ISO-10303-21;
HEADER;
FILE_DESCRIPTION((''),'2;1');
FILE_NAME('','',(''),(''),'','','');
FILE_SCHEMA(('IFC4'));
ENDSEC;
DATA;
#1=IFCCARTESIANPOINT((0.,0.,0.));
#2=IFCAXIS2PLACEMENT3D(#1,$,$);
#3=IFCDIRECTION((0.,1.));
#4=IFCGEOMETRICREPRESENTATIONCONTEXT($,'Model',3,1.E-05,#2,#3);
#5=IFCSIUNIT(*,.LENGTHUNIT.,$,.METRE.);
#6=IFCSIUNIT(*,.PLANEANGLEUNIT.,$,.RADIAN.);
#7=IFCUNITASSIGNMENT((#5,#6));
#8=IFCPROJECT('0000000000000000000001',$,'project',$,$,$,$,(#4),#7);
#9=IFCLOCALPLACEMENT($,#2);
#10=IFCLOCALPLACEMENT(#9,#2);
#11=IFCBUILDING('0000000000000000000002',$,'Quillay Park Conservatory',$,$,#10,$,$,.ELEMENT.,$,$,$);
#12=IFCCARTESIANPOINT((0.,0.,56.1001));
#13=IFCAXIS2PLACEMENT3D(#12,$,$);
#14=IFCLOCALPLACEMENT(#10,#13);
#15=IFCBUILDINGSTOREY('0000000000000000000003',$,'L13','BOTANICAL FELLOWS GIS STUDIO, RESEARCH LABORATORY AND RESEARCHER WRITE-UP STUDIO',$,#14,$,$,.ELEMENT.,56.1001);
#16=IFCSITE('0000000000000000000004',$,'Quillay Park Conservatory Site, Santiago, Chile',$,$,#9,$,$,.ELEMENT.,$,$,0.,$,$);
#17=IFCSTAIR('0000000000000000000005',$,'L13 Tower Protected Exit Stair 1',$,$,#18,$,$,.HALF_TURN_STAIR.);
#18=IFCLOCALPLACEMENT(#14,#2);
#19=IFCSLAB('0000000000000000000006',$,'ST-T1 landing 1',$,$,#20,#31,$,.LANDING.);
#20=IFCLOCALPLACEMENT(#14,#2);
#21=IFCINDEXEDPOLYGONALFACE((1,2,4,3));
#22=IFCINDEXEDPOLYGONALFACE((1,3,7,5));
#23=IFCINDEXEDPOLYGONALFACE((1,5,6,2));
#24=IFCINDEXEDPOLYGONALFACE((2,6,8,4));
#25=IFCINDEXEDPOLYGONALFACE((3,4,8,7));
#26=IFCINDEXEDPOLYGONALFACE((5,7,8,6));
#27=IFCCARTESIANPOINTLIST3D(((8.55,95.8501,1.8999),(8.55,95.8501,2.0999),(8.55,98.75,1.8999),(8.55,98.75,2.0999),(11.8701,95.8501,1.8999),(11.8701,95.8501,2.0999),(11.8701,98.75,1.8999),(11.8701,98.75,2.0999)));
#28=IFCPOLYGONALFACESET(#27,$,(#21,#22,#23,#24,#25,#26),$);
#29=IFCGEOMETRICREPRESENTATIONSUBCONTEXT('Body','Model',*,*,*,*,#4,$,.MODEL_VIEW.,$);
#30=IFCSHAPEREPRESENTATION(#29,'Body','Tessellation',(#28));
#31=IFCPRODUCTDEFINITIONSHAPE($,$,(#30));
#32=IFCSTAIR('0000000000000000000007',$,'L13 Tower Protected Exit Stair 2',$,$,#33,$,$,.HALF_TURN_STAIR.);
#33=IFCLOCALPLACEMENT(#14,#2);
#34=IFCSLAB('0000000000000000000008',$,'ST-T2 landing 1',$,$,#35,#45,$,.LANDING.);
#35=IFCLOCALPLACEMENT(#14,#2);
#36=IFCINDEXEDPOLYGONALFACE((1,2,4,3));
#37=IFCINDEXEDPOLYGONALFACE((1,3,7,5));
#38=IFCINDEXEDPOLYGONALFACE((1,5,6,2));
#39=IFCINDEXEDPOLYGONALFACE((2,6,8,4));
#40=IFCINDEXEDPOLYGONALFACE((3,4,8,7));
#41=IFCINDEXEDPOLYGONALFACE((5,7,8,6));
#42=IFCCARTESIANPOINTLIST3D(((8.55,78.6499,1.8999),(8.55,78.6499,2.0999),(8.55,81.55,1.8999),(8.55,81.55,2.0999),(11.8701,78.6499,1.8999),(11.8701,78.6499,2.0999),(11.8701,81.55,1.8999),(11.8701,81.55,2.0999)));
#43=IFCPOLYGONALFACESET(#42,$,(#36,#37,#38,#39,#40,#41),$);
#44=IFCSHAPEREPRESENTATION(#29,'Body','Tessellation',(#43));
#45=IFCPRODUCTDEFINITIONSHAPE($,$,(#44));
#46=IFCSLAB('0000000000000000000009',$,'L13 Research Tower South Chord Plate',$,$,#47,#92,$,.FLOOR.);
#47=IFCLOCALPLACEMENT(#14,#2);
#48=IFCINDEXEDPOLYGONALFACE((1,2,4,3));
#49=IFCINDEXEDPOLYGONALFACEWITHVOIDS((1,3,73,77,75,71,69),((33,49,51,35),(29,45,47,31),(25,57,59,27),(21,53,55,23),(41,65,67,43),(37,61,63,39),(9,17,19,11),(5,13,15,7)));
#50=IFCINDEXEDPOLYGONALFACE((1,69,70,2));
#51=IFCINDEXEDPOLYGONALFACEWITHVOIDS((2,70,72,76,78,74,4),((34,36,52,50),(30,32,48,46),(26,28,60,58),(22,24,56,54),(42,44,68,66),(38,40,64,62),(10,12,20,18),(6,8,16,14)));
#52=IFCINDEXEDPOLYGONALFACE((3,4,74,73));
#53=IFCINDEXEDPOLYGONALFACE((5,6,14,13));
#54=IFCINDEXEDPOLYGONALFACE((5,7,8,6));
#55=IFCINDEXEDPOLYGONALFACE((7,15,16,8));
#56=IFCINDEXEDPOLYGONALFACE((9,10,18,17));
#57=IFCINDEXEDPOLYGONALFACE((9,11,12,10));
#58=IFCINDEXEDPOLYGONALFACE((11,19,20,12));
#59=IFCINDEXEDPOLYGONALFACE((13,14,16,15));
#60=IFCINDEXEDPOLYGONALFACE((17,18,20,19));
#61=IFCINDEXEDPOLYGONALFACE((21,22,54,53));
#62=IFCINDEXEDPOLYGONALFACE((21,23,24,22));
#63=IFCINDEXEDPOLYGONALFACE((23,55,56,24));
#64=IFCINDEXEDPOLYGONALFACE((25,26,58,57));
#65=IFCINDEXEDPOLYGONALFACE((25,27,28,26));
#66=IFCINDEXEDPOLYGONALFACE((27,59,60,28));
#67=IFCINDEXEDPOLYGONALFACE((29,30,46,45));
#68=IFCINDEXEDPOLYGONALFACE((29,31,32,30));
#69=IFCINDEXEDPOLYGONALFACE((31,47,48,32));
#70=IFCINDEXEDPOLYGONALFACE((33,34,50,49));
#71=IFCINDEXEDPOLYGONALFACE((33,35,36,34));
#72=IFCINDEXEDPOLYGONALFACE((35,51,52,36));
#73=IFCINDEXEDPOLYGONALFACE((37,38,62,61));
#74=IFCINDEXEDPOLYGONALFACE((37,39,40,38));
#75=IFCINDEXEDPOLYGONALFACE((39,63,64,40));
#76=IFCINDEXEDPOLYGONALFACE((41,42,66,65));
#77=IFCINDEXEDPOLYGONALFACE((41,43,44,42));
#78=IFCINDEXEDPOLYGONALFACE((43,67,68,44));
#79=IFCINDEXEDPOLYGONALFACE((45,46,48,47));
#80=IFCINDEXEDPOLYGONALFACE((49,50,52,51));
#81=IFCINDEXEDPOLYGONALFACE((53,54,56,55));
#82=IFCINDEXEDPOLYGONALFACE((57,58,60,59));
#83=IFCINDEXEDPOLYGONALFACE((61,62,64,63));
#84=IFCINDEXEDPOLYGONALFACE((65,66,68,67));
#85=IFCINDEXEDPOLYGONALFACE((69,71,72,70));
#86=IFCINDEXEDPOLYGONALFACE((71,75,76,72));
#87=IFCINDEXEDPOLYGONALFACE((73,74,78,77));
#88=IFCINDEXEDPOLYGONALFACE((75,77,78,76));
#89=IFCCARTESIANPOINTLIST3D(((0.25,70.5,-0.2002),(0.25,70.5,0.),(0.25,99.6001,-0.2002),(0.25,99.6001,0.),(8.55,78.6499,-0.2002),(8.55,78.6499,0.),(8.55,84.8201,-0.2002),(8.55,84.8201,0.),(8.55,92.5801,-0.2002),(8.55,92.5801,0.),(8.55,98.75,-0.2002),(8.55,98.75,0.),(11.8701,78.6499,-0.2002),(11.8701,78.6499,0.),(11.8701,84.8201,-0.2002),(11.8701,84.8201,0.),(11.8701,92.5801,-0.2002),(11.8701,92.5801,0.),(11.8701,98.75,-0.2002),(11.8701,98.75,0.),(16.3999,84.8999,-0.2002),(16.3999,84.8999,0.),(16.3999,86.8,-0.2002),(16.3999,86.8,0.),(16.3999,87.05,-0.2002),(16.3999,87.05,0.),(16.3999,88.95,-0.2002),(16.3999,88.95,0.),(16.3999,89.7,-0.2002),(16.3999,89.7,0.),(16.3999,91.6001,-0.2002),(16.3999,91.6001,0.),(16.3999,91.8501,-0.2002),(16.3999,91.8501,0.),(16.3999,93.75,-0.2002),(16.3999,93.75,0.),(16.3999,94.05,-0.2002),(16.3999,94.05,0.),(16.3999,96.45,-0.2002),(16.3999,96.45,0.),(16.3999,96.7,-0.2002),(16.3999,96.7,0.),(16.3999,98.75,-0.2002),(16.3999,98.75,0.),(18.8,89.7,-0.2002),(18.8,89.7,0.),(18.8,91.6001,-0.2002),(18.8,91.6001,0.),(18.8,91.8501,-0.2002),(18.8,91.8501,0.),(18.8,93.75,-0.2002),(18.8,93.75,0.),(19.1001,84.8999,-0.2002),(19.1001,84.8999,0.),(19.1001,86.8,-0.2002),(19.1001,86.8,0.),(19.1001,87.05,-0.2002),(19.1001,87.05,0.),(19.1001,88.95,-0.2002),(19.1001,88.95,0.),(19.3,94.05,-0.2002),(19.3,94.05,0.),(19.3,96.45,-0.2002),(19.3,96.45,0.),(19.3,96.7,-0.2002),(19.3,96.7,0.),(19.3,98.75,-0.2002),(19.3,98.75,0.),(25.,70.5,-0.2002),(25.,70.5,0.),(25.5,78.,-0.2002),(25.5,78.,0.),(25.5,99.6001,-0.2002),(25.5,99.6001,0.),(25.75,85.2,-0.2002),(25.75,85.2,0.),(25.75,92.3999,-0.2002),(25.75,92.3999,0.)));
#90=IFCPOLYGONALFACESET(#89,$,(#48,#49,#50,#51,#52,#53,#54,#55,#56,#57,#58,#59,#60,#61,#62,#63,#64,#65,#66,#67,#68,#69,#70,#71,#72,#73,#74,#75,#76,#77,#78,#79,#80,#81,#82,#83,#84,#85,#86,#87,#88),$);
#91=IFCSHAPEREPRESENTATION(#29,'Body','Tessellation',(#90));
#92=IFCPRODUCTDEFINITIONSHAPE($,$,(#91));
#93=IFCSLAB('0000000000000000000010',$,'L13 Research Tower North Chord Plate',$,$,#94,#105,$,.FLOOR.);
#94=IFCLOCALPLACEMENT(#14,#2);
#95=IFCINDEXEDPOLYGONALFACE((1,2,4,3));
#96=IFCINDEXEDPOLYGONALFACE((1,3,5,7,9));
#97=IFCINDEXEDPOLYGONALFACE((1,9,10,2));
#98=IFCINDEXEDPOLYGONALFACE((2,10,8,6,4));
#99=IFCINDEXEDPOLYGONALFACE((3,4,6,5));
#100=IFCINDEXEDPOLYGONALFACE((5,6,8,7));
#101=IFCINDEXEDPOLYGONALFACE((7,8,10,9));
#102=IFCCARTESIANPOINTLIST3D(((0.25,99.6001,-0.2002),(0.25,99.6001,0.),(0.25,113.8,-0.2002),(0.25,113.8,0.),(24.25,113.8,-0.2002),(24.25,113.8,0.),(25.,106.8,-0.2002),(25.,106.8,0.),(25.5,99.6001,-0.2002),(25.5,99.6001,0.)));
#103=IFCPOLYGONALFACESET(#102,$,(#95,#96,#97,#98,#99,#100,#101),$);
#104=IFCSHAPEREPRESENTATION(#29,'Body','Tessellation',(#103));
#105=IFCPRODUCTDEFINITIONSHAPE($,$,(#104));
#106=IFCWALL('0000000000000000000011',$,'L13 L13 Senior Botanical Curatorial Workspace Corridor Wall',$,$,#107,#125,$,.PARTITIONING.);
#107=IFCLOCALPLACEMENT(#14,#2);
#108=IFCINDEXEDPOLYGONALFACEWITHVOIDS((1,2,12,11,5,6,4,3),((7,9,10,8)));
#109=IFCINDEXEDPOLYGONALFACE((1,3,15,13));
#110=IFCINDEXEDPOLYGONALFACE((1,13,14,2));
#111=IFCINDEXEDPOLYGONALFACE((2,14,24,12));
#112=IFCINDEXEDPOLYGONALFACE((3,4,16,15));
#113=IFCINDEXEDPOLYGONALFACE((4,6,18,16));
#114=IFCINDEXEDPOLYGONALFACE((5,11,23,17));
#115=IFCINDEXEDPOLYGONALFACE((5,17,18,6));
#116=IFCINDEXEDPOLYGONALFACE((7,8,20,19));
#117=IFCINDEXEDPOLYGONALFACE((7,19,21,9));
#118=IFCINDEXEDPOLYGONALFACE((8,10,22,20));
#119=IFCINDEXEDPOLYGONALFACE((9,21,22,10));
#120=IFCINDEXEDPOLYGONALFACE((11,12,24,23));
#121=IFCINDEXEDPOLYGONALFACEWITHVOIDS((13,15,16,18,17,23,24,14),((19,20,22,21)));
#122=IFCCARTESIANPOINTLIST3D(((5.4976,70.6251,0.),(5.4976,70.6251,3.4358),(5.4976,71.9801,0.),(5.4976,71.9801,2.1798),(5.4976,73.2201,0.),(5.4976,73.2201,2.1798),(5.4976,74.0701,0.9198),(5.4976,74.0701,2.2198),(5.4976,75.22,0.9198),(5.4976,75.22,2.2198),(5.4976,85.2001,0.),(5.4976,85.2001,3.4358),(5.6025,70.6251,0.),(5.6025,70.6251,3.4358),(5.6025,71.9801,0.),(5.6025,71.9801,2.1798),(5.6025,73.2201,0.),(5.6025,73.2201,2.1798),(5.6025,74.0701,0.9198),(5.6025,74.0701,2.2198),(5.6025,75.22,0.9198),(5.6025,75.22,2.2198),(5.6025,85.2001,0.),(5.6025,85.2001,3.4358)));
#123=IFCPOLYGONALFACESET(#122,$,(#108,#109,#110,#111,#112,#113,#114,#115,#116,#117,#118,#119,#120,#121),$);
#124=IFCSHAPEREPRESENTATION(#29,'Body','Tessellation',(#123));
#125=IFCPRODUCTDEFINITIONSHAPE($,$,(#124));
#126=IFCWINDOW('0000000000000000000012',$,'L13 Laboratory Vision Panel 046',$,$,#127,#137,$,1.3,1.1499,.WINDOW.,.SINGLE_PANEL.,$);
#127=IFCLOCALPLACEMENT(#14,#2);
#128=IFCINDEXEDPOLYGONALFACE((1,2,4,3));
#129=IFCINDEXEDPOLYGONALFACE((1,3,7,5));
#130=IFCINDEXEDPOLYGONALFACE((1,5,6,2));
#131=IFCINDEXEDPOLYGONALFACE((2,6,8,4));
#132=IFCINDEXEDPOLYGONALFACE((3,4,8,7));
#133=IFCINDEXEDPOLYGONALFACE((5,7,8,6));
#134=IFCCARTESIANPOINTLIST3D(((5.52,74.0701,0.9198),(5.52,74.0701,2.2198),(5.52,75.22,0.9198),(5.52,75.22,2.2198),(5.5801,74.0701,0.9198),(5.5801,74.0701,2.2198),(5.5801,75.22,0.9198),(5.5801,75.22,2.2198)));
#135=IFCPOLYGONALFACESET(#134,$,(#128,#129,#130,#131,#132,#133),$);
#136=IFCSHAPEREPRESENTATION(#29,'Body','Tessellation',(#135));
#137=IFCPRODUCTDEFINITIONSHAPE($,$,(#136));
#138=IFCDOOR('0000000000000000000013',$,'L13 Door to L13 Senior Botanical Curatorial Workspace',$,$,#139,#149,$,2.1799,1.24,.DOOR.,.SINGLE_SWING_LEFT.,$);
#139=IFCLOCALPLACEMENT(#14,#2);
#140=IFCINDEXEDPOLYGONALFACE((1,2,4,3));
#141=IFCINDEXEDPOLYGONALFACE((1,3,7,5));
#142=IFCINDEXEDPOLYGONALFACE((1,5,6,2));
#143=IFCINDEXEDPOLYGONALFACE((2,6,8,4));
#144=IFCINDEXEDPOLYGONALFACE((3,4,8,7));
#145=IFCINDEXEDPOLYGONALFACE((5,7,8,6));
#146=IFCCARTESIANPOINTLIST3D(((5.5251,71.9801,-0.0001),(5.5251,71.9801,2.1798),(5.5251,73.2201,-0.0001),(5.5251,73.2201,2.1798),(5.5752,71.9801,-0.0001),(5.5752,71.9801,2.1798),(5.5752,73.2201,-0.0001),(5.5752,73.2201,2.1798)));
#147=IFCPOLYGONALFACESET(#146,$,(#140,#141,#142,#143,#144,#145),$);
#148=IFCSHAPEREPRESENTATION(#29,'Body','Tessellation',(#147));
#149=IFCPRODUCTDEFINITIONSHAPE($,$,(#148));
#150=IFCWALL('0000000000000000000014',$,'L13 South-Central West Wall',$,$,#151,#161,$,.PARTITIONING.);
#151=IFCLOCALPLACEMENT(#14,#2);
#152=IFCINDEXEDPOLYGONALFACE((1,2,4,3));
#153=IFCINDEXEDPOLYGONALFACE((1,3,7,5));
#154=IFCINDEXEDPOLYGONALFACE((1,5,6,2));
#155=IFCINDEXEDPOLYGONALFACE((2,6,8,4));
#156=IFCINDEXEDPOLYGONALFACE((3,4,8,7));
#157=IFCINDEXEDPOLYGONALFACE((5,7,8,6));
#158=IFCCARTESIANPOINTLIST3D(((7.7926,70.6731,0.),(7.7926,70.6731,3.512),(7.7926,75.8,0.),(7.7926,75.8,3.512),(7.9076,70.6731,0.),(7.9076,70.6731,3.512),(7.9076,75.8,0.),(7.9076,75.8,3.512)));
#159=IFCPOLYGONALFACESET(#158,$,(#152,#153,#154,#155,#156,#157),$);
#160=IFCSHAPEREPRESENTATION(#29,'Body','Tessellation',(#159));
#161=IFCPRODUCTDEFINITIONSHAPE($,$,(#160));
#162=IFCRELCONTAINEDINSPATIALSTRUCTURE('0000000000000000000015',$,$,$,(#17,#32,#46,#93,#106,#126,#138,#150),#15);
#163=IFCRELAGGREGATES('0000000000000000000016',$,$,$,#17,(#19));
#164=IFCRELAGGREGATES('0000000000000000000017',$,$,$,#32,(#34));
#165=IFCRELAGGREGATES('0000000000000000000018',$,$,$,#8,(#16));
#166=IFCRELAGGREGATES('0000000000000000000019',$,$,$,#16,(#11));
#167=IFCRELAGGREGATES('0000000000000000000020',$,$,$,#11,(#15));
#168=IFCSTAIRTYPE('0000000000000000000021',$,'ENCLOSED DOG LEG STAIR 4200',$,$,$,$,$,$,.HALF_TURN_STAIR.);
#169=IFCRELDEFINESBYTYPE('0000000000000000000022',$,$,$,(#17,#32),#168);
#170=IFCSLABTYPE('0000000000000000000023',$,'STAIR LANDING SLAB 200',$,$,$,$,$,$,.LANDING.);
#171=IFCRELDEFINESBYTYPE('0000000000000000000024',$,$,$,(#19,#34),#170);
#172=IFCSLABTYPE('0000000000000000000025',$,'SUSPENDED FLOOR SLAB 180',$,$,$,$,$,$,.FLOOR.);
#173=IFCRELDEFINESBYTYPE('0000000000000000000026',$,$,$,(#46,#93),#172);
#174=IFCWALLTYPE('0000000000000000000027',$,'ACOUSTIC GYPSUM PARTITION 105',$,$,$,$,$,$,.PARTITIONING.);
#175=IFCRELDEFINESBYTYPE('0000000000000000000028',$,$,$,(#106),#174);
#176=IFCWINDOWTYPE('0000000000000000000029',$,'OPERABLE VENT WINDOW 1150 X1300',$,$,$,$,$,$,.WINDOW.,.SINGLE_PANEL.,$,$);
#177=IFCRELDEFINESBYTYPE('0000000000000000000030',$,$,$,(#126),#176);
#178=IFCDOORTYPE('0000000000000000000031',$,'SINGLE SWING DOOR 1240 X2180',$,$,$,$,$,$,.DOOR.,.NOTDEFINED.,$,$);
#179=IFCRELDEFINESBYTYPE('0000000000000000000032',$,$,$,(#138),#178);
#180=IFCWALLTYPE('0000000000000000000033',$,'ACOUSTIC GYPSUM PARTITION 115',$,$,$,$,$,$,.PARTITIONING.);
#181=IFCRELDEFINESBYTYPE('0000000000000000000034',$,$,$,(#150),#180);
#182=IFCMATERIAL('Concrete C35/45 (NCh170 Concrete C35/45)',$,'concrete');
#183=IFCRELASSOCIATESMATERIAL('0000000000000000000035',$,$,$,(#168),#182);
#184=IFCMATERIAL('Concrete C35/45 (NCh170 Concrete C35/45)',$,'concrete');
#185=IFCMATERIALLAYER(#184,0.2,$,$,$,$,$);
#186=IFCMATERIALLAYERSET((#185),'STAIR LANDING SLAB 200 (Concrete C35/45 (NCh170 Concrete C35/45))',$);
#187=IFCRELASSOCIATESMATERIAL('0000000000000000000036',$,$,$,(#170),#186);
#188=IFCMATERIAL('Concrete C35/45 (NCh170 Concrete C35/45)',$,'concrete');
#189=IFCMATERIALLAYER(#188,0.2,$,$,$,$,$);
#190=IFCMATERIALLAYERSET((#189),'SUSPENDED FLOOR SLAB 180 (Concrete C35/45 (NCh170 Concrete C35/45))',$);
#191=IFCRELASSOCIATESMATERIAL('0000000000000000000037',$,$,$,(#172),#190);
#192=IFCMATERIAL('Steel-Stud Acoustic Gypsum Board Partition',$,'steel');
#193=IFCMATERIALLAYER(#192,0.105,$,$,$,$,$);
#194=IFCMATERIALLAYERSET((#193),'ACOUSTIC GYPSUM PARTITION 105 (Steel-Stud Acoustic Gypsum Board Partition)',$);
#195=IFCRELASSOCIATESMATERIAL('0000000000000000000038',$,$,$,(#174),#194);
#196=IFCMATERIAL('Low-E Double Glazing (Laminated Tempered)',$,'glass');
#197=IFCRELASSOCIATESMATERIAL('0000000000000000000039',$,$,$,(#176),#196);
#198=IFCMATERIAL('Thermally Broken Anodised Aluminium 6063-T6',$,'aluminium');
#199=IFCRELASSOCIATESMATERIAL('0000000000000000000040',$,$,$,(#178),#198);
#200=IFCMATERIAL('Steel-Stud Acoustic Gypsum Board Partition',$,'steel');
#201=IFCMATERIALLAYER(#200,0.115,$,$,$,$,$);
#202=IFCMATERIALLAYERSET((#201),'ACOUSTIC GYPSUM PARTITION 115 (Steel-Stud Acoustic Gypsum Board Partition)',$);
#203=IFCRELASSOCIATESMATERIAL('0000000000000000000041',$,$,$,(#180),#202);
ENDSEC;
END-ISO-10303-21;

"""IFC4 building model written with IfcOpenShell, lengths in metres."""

from ifc_helpers import new_model, si_unit, direction, frame, frame_2d, origin, place, context, subcontext, project, spatial, polyline, rectangle, outline, extrude, material, layer, layer_set, type_object, element, fill, aggregate, save


model = new_model("IFC4")

# Units and contexts
model_context = context("Model", 3, precision=1e-05, world=origin(), true_north=direction((0.0, 1.0)))
body_context = subcontext(model_context, "Body", "Model", "MODEL_VIEW")
ifc_project = project(units=[si_unit("LENGTHUNIT", "METRE"), si_unit("PLANEANGLEUNIT", "RADIAN")], contexts=[model_context])

# Site, building, storey
site_placement = place(None, origin())
site = spatial("IfcSite", under=ifc_project, at=site_placement, Name="Quillay Park Conservatory Site, Santiago, Chile", CompositionType="ELEMENT", RefElevation=0.0)
building_placement = place(site_placement, origin())
building = spatial("IfcBuilding", under=site, at=building_placement, Name="Quillay Park Conservatory", CompositionType="ELEMENT")
storey_placement = place(building_placement, frame((0.0, 0.0, 56.1001)))
storey = spatial("IfcBuildingStorey", under=building, at=storey_placement, Name="L13", Description="BOTANICAL FELLOWS GIS STUDIO, RESEARCH LABORATORY AND RESEARCHER WRITE-UP STUDIO", CompositionType="ELEMENT", Elevation=56.1001)

# Stairs, slabs
ifc_material_1 = material(Name="Concrete C35/45 (NCh170 Concrete C35/45)", Category="concrete")
stair_type = type_object("IfcStairType", Name="ENCLOSED DOG LEG STAIR 4200", PredefinedType="HALF_TURN_STAIR", material=ifc_material_1)
stair_1_placement = place(storey_placement, origin())
stair_1 = element("IfcStair", 1, at=stair_1_placement, inside=storey, type_object=stair_type, Name="L13 Tower Protected Exit Stair 1", PredefinedType="HALF_TURN_STAIR")
ifc_material_2 = material(Name="Concrete C35/45 (NCh170 Concrete C35/45)", Category="concrete")
ifc_layer_1 = layer(ifc_material_2, 0.2)
ifc_layer_set_1 = layer_set([ifc_layer_1], Name="STAIR LANDING SLAB 200 (Concrete C35/45 (NCh170 Concrete C35/45))")
slab_type_1 = type_object("IfcSlabType", Name="STAIR LANDING SLAB 200", PredefinedType="LANDING", material=ifc_layer_set_1)
slab_1_placement = place(storey_placement, frame((0.0, 0.0, 1.8999)))
slab_1 = element("IfcSlab", 2, at=slab_1_placement, type_object=slab_type_1, Name="ST-T1 landing 1", PredefinedType="LANDING", context=body_context, shape_type="SweptSolid", body=[
    extrude(outline(polyline([(11.8701, 95.8501), (11.8701, 98.75), (8.55, 98.75), (8.55, 95.8501), (11.8701, 95.8501)])), origin(), (0.0, 0.0, 1.0), 0.2),
])
aggregate(stair_1, [slab_1])
stair_2_placement = place(storey_placement, origin())
stair_2 = element("IfcStair", 3, at=stair_2_placement, inside=storey, type_object=stair_type, Name="L13 Tower Protected Exit Stair 2", PredefinedType="HALF_TURN_STAIR")
slab_2_placement = place(storey_placement, frame((0.0, 0.0, 1.8999)))
slab_2 = element("IfcSlab", 4, at=slab_2_placement, type_object=slab_type_1, Name="ST-T2 landing 1", PredefinedType="LANDING", context=body_context, shape_type="SweptSolid", body=[
    extrude(outline(polyline([(8.55, 81.55), (8.55, 78.6499), (11.8701, 78.6499), (11.8701, 81.55), (8.55, 81.55)])), origin(), (0.0, 0.0, 1.0), 0.2),
])
aggregate(stair_2, [slab_2])

# Slabs
ifc_material_3 = material(Name="Concrete C35/45 (NCh170 Concrete C35/45)", Category="concrete")
ifc_layer_2 = layer(ifc_material_3, 0.2)
ifc_layer_set_2 = layer_set([ifc_layer_2], Name="SUSPENDED FLOOR SLAB 180 (Concrete C35/45 (NCh170 Concrete C35/45))")
slab_type_2 = type_object("IfcSlabType", Name="SUSPENDED FLOOR SLAB 180", PredefinedType="FLOOR", material=ifc_layer_set_2)
slab_3_placement = place(storey_placement, frame((0.0, 0.0, -0.2002)))
element("IfcSlab", 5, at=slab_3_placement, inside=storey, type_object=slab_type_2, Name="L13 Research Tower South Chord Plate", PredefinedType="FLOOR", context=body_context, shape_type="SweptSolid", body=[
    extrude(outline(polyline([(0.25, 70.5), (25.0, 70.5), (25.5, 78.0), (25.75, 85.2), (25.75, 92.3999), (25.5, 99.6001), (0.25, 99.6001), (0.25, 70.5)]), holes=[polyline([(8.55, 92.5801), (11.8701, 92.5801), (11.8701, 98.75), (8.55, 98.75), (8.55, 92.5801)]), polyline([(8.55, 78.6499), (11.8701, 78.6499), (11.8701, 84.8201), (8.55, 84.8201), (8.55, 78.6499)]), polyline([(16.3999, 84.8999), (19.1001, 84.8999), (19.1001, 86.8), (16.3999, 86.8), (16.3999, 84.8999)]), polyline([(16.3999, 87.05), (19.1001, 87.05), (19.1001, 88.95), (16.3999, 88.95), (16.3999, 87.05)]), polyline([(16.3999, 89.7), (18.8, 89.7), (18.8, 91.6001), (16.3999, 91.6001), (16.3999, 89.7)]), polyline([(16.3999, 91.8501), (18.8, 91.8501), (18.8, 93.75), (16.3999, 93.75), (16.3999, 91.8501)]), polyline([(16.3999, 94.05), (19.3, 94.05), (19.3, 96.45), (16.3999, 96.45), (16.3999, 94.05)]), polyline([(16.3999, 96.7), (19.3, 96.7), (19.3, 98.75), (16.3999, 98.75), (16.3999, 96.7)])]), origin(), (0.0, 0.0, 1.0), 0.2002),
])
slab_4_placement = place(storey_placement, frame((0.0, 0.0, -0.2002)))
element("IfcSlab", 6, at=slab_4_placement, inside=storey, type_object=slab_type_2, Name="L13 Research Tower North Chord Plate", PredefinedType="FLOOR", context=body_context, shape_type="SweptSolid", body=[
    extrude(outline(polyline([(0.25, 99.6001), (25.5, 99.6001), (25.0, 106.8), (24.25, 113.8), (0.25, 113.8), (0.25, 99.6001)])), origin(), (0.0, 0.0, 1.0), 0.2002),
])

# Wall, openings, window, door
ifc_material_4 = material(Name="Steel-Stud Acoustic Gypsum Board Partition", Category="steel")
ifc_layer_3 = layer(ifc_material_4, 0.105)
ifc_layer_set_3 = layer_set([ifc_layer_3], Name="ACOUSTIC GYPSUM PARTITION 105 (Steel-Stud Acoustic Gypsum Board Partition)")
wall_type_1 = type_object("IfcWallType", Name="ACOUSTIC GYPSUM PARTITION 105", PredefinedType="PARTITIONING", material=ifc_layer_set_3)
wall_1_placement = place(storey_placement, frame((5.55, 70.625, 0.0), z_axis=(0.0, 0.0, 1.0), x_axis=(0.0, 1.0, 0.0)))
wall_1 = element("IfcWall", 7, at=wall_1_placement, inside=storey, type_object=wall_type_1, Name="L13 L13 Senior Botanical Curatorial Workspace Corridor Wall", PredefinedType="PARTITIONING", context=body_context, shape_type="SweptSolid", body=[
    extrude(rectangle(XDim=14.575, YDim=0.105, at=frame_2d((7.2876, 0.0))), origin(), (0.0, 0.0, 1.0), 3.4358),
])
opening_1_placement = place(wall_1_placement, frame((1.355, 0.0, 0.0)))
opening_1 = element("IfcOpeningElement", 8, at=opening_1_placement, cuts=wall_1, PredefinedType="OPENING", context=body_context, shape_type="SweptSolid", body=[
    extrude(rectangle(XDim=1.24, YDim=2.1799, at=frame_2d((0.6201, 1.0898))), frame((0.0, 0.0525, 0.0), z_axis=(0.0, -1.0, 0.0), x_axis=(1.0, 0.0, 0.0)), (0.0, 0.0, 1.0), 0.105),
])
opening_2_placement = place(wall_1_placement, frame((3.4451, 0.0, 0.9199)))
opening_2 = element("IfcOpeningElement", 9, at=opening_2_placement, cuts=wall_1, PredefinedType="OPENING", context=body_context, shape_type="SweptSolid", body=[
    extrude(rectangle(XDim=1.1499, YDim=1.3, at=frame_2d((0.575, 0.6499))), frame((0.0, 0.0525, 0.0), z_axis=(0.0, -1.0, 0.0), x_axis=(1.0, 0.0, 0.0)), (0.0, 0.0, 1.0), 0.105),
])
ifc_material_5 = material(Name="Low-E Double Glazing (Laminated Tempered)", Category="glass")
window_type_1 = type_object("IfcWindowType", Name="OPERABLE VENT WINDOW 1150 X1300", PartitioningType="SINGLE_PANEL", PredefinedType="WINDOW", material=ifc_material_5)
window_1_placement = place(opening_2_placement, origin())
window_1 = element("IfcWindow", 10, at=window_1_placement, inside=storey, type_object=window_type_1, Name="L13 Laboratory Vision Panel 046", OverallHeight=1.3, OverallWidth=1.1499, PartitioningType="SINGLE_PANEL", PredefinedType="WINDOW", context=body_context, shape_type="SweptSolid", body=[
    extrude(rectangle(XDim=1.1499, YDim=1.3, at=frame_2d((0.575, 0.6499))), frame((0.0, 0.03, 0.0), z_axis=(0.0, -1.0, 0.0), x_axis=(1.0, 0.0, 0.0)), (0.0, 0.0, 1.0), 0.0601),
])
fill(opening_2, window_1)
ifc_material_6 = material(Name="Thermally Broken Anodised Aluminium 6063-T6", Category="aluminium")
door_type = type_object("IfcDoorType", Name="SINGLE SWING DOOR 1240 X2180", OperationType="NOTDEFINED", PredefinedType="DOOR", material=ifc_material_6)
door_placement = place(opening_1_placement, origin())
door = element("IfcDoor", 11, at=door_placement, inside=storey, type_object=door_type, Name="L13 Door to L13 Senior Botanical Curatorial Workspace", OperationType="SINGLE_SWING_LEFT", OverallHeight=2.1799, OverallWidth=1.24, PredefinedType="DOOR", context=body_context, shape_type="SweptSolid", body=[
    extrude(rectangle(XDim=1.24, YDim=2.1799, at=frame_2d((0.6201, 1.0898))), frame((0.0, 0.0249, 0.0), z_axis=(0.0, -1.0, 0.0), x_axis=(1.0, 0.0, 0.0)), (0.0, 0.0, 1.0), 0.05),
])
fill(opening_1, door)

# Wall
ifc_material_7 = material(Name="Steel-Stud Acoustic Gypsum Board Partition", Category="steel")
ifc_layer_4 = layer(ifc_material_7, 0.115)
ifc_layer_set_4 = layer_set([ifc_layer_4], Name="ACOUSTIC GYPSUM PARTITION 115 (Steel-Stud Acoustic Gypsum Board Partition)")
wall_type_2 = type_object("IfcWallType", Name="ACOUSTIC GYPSUM PARTITION 115", PredefinedType="PARTITIONING", material=ifc_layer_set_4)
wall_2_placement = place(storey_placement, frame((7.8501, 70.6731, 0.0), z_axis=(0.0, 0.0, 1.0), x_axis=(0.0, 1.0, 0.0)))
element("IfcWall", 12, at=wall_2_placement, inside=storey, type_object=wall_type_2, Name="L13 South-Central West Wall", PredefinedType="PARTITIONING", context=body_context, shape_type="SweptSolid", body=[
    extrude(rectangle(XDim=5.127, YDim=0.115, at=frame_2d((2.5635, 0.0))), origin(), (0.0, 0.0, 1.0), 3.512),
])

save(model, "model.ifc")
